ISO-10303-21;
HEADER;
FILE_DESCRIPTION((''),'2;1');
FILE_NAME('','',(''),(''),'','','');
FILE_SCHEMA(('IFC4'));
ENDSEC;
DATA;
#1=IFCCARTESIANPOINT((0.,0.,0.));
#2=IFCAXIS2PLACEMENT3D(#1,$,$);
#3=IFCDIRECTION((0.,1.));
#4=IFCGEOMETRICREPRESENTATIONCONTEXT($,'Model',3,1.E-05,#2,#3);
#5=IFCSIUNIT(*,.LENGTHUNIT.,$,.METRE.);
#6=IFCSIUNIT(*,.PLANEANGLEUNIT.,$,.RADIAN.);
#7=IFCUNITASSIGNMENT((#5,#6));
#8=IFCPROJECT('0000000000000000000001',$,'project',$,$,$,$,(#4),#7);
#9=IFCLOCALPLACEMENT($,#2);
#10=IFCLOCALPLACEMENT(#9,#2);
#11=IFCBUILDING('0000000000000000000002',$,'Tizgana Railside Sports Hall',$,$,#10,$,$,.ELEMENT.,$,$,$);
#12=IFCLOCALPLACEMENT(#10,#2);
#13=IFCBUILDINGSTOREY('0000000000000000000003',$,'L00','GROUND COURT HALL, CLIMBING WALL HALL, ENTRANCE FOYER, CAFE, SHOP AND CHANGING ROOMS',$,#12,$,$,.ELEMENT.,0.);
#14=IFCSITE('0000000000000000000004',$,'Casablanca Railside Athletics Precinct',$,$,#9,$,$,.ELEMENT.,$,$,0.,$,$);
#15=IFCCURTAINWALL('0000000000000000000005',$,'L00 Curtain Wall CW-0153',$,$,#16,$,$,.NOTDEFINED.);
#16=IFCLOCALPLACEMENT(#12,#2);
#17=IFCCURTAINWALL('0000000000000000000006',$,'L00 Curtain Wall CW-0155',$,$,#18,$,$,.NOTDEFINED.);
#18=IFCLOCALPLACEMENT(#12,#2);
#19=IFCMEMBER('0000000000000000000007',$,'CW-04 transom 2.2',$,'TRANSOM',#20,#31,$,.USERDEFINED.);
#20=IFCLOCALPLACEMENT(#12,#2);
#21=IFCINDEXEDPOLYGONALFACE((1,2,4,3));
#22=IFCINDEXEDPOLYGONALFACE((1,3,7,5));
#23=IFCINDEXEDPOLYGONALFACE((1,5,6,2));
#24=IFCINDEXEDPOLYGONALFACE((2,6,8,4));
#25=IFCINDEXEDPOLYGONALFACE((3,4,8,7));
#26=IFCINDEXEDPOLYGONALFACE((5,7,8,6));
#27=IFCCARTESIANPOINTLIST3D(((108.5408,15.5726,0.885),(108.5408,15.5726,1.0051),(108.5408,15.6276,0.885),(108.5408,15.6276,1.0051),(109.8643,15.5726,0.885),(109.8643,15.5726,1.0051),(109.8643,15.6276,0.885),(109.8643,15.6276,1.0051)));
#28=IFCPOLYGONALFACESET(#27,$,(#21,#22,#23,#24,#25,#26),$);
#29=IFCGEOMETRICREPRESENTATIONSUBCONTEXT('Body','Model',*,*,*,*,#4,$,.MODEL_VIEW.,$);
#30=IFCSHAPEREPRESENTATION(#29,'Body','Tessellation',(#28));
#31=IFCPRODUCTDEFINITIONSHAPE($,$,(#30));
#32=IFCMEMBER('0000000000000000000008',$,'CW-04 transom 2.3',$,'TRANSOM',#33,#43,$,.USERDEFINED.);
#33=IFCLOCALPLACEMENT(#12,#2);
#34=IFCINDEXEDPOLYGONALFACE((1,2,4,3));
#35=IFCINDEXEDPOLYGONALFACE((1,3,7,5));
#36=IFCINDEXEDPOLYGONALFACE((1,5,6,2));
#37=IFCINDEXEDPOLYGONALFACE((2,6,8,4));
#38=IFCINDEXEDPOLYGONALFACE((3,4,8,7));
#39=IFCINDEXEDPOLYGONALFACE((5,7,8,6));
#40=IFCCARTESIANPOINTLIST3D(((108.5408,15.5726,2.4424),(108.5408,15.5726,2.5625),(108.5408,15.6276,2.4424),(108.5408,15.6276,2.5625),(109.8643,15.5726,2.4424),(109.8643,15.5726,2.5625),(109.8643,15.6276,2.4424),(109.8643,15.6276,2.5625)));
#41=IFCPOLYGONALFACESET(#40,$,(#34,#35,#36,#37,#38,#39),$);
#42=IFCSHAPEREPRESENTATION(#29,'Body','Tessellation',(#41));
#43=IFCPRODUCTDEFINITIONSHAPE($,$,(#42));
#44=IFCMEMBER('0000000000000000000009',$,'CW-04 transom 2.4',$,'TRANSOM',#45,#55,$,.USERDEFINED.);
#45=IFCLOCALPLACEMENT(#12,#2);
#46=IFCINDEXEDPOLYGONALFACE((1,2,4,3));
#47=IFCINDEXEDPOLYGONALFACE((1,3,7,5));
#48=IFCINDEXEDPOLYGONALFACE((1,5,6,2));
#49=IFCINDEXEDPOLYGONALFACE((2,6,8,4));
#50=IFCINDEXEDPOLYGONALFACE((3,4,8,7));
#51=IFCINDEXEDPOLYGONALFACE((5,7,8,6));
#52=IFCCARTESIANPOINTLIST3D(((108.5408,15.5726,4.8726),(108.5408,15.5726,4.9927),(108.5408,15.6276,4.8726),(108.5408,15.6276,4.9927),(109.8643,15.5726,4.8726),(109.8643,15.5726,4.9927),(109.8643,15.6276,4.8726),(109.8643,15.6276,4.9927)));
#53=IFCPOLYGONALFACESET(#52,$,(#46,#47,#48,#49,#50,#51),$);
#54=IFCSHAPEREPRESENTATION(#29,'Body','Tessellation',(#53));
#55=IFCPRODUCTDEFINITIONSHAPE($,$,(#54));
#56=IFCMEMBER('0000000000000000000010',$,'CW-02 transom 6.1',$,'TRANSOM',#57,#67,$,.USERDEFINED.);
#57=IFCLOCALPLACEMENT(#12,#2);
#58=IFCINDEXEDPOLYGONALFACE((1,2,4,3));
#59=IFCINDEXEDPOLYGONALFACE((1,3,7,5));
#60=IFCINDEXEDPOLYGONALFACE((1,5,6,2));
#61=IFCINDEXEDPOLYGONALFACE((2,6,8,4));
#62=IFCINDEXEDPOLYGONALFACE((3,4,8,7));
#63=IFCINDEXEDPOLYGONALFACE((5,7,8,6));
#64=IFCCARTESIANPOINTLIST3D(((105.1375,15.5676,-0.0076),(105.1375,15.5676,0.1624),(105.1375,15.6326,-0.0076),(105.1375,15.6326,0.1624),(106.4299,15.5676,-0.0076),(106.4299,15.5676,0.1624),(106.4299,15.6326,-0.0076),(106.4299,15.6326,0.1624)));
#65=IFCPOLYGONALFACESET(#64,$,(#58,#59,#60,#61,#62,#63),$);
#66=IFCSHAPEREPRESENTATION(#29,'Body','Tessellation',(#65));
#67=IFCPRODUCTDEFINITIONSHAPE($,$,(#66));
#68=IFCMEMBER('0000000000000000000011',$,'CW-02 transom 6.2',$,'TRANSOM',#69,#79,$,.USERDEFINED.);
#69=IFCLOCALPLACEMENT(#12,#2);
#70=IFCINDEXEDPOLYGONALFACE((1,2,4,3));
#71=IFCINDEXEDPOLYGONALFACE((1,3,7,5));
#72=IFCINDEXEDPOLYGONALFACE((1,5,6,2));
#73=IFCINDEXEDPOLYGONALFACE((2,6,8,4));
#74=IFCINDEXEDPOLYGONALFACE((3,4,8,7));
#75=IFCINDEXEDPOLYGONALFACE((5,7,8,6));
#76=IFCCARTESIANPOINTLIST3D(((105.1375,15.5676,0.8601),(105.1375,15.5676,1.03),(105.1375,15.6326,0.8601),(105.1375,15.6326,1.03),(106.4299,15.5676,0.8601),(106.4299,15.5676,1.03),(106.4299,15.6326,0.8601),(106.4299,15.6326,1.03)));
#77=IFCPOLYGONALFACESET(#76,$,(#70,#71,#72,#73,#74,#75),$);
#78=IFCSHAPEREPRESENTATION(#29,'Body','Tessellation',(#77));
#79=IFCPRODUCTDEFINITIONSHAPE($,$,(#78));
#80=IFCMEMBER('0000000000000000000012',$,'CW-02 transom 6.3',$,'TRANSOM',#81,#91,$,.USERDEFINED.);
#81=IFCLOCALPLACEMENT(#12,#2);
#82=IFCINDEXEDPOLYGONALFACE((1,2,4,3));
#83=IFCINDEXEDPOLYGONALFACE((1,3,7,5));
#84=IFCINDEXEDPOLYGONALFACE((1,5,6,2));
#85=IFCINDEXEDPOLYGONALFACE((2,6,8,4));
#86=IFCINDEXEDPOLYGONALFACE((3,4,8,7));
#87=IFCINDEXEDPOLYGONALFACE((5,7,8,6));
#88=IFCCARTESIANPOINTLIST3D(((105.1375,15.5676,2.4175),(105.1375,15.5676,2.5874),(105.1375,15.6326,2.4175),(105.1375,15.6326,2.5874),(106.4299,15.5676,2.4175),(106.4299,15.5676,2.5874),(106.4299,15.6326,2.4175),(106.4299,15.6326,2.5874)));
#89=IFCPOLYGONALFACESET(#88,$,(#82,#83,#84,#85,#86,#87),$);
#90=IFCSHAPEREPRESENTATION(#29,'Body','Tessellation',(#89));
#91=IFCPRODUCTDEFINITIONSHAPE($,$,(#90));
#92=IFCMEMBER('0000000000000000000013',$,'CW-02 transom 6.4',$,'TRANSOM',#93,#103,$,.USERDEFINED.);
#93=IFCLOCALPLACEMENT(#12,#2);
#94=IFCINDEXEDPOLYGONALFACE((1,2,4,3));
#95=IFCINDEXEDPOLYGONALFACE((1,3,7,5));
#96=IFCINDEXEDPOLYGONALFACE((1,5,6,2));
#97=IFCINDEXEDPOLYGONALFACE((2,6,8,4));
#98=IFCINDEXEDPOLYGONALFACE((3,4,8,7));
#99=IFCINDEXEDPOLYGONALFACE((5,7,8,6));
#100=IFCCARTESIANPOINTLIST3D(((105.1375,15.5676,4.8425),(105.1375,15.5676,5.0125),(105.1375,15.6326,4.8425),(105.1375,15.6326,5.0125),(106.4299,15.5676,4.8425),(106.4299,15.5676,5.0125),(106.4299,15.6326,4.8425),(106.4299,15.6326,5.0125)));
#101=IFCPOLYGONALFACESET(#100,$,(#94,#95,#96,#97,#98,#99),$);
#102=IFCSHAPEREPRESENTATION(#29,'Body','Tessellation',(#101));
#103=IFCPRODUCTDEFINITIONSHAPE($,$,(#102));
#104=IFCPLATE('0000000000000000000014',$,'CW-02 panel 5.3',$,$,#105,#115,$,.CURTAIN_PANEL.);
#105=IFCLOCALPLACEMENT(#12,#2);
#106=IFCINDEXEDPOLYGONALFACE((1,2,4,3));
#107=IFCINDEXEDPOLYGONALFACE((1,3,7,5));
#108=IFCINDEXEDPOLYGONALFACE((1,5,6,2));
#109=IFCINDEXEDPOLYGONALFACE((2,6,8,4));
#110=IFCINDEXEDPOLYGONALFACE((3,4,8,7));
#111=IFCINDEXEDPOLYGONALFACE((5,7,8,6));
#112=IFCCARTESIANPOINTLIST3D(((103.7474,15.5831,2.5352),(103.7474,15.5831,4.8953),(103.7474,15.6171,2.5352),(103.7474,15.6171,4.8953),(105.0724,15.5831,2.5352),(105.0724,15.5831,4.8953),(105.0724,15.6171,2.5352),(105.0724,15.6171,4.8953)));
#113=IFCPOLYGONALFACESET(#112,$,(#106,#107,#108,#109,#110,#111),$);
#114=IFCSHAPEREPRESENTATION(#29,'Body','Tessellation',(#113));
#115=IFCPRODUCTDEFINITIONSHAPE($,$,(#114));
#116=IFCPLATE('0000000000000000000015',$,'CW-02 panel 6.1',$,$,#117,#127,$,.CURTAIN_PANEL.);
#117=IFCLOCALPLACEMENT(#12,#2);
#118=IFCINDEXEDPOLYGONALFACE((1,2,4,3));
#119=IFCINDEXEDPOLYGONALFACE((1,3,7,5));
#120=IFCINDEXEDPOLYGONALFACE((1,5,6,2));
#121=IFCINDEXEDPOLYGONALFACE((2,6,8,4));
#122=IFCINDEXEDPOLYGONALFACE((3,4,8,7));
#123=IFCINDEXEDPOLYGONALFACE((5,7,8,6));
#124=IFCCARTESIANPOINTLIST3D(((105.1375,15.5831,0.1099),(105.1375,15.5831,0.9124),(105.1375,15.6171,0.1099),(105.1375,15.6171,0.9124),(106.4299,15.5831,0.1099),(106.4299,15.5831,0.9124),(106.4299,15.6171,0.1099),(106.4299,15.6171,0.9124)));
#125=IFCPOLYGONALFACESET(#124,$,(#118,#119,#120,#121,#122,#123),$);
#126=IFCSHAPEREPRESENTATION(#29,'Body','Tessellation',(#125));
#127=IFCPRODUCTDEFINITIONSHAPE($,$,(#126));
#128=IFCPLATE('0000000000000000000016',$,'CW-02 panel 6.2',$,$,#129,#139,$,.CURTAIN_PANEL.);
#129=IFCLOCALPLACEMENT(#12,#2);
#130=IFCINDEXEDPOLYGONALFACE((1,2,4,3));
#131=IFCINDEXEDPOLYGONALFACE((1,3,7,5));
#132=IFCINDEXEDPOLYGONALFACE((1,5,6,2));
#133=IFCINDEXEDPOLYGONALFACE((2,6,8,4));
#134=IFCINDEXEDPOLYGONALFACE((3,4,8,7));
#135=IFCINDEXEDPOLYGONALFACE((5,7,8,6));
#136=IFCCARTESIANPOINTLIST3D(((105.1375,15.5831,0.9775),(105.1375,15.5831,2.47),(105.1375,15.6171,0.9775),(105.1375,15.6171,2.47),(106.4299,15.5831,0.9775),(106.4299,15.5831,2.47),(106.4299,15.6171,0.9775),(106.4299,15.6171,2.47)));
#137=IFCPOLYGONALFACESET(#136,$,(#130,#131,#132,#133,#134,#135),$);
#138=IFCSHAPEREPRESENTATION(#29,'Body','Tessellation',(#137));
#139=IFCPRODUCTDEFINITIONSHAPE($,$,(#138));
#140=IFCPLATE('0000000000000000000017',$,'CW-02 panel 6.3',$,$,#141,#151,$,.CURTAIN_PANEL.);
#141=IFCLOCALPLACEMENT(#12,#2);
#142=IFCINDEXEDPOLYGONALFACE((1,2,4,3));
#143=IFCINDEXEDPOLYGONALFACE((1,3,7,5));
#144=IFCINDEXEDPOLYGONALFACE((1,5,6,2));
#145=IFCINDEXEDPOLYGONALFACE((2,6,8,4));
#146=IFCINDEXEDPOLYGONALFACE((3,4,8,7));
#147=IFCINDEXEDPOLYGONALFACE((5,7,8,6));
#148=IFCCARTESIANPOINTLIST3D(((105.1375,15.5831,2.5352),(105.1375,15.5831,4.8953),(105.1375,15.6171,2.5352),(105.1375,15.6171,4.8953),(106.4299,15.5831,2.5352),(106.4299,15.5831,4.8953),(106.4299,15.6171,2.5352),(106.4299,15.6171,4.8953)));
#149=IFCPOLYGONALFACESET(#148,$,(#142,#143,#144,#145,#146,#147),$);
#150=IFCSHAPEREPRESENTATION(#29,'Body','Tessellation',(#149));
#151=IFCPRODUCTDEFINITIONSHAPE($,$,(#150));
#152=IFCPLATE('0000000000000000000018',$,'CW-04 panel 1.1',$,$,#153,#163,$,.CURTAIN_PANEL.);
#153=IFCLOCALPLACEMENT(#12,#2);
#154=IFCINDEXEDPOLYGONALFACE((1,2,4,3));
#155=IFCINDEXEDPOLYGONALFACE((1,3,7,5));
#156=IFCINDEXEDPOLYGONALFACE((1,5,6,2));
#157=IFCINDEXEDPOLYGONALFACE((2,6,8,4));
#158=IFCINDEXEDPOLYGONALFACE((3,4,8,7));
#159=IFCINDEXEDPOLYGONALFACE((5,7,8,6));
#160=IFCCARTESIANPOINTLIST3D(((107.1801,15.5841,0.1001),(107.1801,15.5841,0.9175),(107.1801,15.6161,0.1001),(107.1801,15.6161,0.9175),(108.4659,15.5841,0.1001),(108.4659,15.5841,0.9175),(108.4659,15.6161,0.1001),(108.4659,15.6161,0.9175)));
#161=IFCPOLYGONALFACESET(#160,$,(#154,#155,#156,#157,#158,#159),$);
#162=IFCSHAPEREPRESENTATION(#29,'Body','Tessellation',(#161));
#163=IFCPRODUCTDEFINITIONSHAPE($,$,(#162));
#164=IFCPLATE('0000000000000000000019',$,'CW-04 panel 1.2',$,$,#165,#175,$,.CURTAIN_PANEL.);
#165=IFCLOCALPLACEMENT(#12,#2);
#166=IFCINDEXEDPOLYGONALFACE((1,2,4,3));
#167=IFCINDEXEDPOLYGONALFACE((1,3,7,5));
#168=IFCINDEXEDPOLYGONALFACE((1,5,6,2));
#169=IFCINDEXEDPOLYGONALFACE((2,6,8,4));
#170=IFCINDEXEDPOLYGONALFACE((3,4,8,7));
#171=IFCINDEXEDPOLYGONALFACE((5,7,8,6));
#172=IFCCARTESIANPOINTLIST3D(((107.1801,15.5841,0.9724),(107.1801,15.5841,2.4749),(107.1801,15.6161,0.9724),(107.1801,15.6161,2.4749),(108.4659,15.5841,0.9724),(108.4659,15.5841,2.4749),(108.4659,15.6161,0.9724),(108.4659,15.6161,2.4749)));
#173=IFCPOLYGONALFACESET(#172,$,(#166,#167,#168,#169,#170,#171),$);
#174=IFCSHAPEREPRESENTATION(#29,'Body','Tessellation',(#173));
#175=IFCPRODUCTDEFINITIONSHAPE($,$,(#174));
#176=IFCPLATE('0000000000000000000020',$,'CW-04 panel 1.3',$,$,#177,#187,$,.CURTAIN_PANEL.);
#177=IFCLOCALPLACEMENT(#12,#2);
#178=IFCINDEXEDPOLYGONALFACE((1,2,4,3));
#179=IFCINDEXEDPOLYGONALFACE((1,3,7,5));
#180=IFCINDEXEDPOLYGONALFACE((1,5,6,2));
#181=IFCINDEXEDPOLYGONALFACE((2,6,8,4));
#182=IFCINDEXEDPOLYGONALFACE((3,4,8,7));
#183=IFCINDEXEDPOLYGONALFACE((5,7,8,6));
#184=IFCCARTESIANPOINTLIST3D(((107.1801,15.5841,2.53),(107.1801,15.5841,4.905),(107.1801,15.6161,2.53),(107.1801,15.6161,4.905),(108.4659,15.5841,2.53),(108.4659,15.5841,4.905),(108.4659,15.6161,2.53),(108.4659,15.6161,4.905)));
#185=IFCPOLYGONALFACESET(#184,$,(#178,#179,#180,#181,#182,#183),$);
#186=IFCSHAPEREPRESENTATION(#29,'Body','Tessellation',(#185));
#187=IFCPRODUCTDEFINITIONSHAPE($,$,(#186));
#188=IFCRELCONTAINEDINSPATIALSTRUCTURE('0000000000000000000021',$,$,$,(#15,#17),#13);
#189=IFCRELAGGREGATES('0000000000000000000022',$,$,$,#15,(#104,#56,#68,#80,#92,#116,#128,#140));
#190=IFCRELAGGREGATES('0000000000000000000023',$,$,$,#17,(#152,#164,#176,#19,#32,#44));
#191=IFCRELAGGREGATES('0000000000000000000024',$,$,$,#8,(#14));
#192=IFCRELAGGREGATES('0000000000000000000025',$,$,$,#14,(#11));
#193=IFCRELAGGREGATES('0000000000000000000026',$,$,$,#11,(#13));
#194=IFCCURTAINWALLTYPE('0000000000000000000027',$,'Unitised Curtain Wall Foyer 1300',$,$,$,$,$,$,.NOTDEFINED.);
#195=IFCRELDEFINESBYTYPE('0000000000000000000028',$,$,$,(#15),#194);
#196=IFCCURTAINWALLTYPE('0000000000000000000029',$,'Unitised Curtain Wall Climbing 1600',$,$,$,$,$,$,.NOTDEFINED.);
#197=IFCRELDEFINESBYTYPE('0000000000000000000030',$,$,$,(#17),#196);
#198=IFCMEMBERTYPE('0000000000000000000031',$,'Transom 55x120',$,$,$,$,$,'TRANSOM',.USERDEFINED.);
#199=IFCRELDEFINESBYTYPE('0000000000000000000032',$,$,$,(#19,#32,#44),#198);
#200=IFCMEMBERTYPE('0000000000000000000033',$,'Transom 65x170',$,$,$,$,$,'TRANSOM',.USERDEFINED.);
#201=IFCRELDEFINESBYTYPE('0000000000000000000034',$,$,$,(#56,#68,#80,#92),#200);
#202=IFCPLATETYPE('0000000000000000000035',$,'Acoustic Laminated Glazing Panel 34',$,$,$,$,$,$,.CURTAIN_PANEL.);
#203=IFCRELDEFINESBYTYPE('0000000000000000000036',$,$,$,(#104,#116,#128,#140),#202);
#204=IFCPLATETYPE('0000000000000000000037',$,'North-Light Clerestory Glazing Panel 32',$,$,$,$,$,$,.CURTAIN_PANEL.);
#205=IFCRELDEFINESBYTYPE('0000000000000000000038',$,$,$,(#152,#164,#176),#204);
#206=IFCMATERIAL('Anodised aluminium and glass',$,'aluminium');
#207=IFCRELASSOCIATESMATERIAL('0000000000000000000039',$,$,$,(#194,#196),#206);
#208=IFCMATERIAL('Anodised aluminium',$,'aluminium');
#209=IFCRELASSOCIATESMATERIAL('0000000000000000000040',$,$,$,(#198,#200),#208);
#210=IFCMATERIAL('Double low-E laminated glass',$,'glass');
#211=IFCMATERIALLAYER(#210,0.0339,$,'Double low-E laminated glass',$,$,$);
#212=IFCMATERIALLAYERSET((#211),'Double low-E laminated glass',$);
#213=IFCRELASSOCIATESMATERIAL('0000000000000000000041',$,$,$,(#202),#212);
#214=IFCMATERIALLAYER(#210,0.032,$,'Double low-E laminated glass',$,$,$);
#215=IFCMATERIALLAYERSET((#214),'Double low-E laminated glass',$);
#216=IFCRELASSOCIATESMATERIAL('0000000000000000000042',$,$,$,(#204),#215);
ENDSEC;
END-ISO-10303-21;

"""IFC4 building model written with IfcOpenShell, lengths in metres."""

from ifc_helpers import new_model, si_unit, direction, frame, origin, origin_2d, place, context, subcontext, project, spatial, rectangle, extrude, material, layer, layer_set, material_profile, profile_set, type_object, element, aggregate, save


model = new_model("IFC4")

# Units and contexts
model_context = context("Model", 3, precision=1e-05, world=origin(), true_north=direction((0.0, 1.0)))
body_context = subcontext(model_context, "Body", "Model", "MODEL_VIEW")
ifc_project = project(units=[si_unit("LENGTHUNIT", "METRE"), si_unit("PLANEANGLEUNIT", "RADIAN")], contexts=[model_context])

# Site, building, storey
site_placement = place(None, origin())
site = spatial("IfcSite", under=ifc_project, at=site_placement, Name="Casablanca Railside Athletics Precinct", CompositionType="ELEMENT", RefElevation=0.0)
building_placement = place(site_placement, origin())
building = spatial("IfcBuilding", under=site, at=building_placement, Name="Tizgana Railside Sports Hall", CompositionType="ELEMENT")
storey_placement = place(building_placement, origin())
storey = spatial("IfcBuildingStorey", under=building, at=storey_placement, Name="L00", Description="GROUND COURT HALL, CLIMBING WALL HALL, ENTRANCE FOYER, CAFE, SHOP AND CHANGING ROOMS", CompositionType="ELEMENT", Elevation=0.0)

# Curtain walls
ifc_material_1 = material(Name="Anodised aluminium and glass", Category="aluminium")
curtain_wall_type_1 = type_object("IfcCurtainWallType", Name="Unitised Curtain Wall Foyer 1300", PredefinedType="NOTDEFINED", material=ifc_material_1)
curtain_wall_1_placement = place(storey_placement, origin())
curtain_wall_1 = element("IfcCurtainWall", 1, at=curtain_wall_1_placement, inside=storey, type_object=curtain_wall_type_1, Name="L00 Curtain Wall CW-0153", PredefinedType="NOTDEFINED")
ifc_material_2 = material(Name="Anodised aluminium", Category="aluminium")
curtain_wall_type_2 = type_object("IfcCurtainWallType", Name="Unitised Curtain Wall Climbing 1600", PredefinedType="NOTDEFINED", material=ifc_material_1)
curtain_wall_2_placement = place(storey_placement, origin())
curtain_wall_2 = element("IfcCurtainWall", 2, at=curtain_wall_2_placement, inside=storey, type_object=curtain_wall_type_2, Name="L00 Curtain Wall CW-0155", PredefinedType="NOTDEFINED")

# Members
ifc_material_profile_1 = material_profile(ifc_material_2, rectangle(XDim=0.0549, YDim=0.1201, at=origin_2d()), Name="Transom 55x120")
ifc_profile_set_1 = profile_set([ifc_material_profile_1], Name="Anodised aluminium")
member_type_1 = type_object("IfcMemberType", Name="Transom 55x120", ElementType="TRANSOM", PredefinedType="USERDEFINED", material=ifc_profile_set_1)
member_1_placement = place(storey_placement, frame((108.5408, 15.6001, 0.9451), z_axis=(1.0, 0.0, 0.0), x_axis=(0.0, 1.0, 0.0)))
member_1 = element("IfcMember", 3, at=member_1_placement, type_object=member_type_1, Name="CW-04 transom 2.2", ObjectType="TRANSOM", PredefinedType="USERDEFINED", context=body_context, shape_type="SweptSolid", body=[
    extrude(rectangle(XDim=0.0549, YDim=0.1201, at=origin_2d()), origin(), (0.0, 0.0, 1.0), 1.3235),
])
member_2_placement = place(storey_placement, frame((108.5408, 15.6001, 2.5024), z_axis=(1.0, 0.0, 0.0), x_axis=(0.0, 1.0, 0.0)))
member_2 = element("IfcMember", 4, at=member_2_placement, type_object=member_type_1, Name="CW-04 transom 2.3", ObjectType="TRANSOM", PredefinedType="USERDEFINED", context=body_context, shape_type="SweptSolid", body=[
    extrude(rectangle(XDim=0.0549, YDim=0.1201, at=origin_2d()), origin(), (0.0, 0.0, 1.0), 1.3235),
])
member_3_placement = place(storey_placement, frame((108.5408, 15.6001, 4.9326), z_axis=(1.0, 0.0, 0.0), x_axis=(0.0, 1.0, 0.0)))
member_3 = element("IfcMember", 5, at=member_3_placement, type_object=member_type_1, Name="CW-04 transom 2.4", ObjectType="TRANSOM", PredefinedType="USERDEFINED", context=body_context, shape_type="SweptSolid", body=[
    extrude(rectangle(XDim=0.0549, YDim=0.1201, at=origin_2d()), origin(), (0.0, 0.0, 1.0), 1.3235),
])
ifc_material_profile_2 = material_profile(ifc_material_2, rectangle(XDim=0.0649, YDim=0.1699, at=origin_2d()), Name="Transom 65x170")
ifc_profile_set_2 = profile_set([ifc_material_profile_2], Name="Anodised aluminium")
member_type_2 = type_object("IfcMemberType", Name="Transom 65x170", ElementType="TRANSOM", PredefinedType="USERDEFINED", material=ifc_profile_set_2)
member_4_placement = place(storey_placement, frame((105.1375, 15.6001, 0.0774), z_axis=(1.0, 0.0, 0.0), x_axis=(0.0, 1.0, 0.0)))
member_4 = element("IfcMember", 6, at=member_4_placement, type_object=member_type_2, Name="CW-02 transom 6.1", ObjectType="TRANSOM", PredefinedType="USERDEFINED", context=body_context, shape_type="SweptSolid", body=[
    extrude(rectangle(XDim=0.0649, YDim=0.1699, at=origin_2d()), origin(), (0.0, 0.0, 1.0), 1.2925),
])
member_5_placement = place(storey_placement, frame((105.1375, 15.6001, 0.9451), z_axis=(1.0, 0.0, 0.0), x_axis=(0.0, 1.0, 0.0)))
member_5 = element("IfcMember", 7, at=member_5_placement, type_object=member_type_2, Name="CW-02 transom 6.2", ObjectType="TRANSOM", PredefinedType="USERDEFINED", context=body_context, shape_type="SweptSolid", body=[
    extrude(rectangle(XDim=0.0649, YDim=0.1699, at=origin_2d()), origin(), (0.0, 0.0, 1.0), 1.2925),
])
member_6_placement = place(storey_placement, frame((105.1375, 15.6001, 2.5024), z_axis=(1.0, 0.0, 0.0), x_axis=(0.0, 1.0, 0.0)))
member_6 = element("IfcMember", 8, at=member_6_placement, type_object=member_type_2, Name="CW-02 transom 6.3", ObjectType="TRANSOM", PredefinedType="USERDEFINED", context=body_context, shape_type="SweptSolid", body=[
    extrude(rectangle(XDim=0.0649, YDim=0.1699, at=origin_2d()), origin(), (0.0, 0.0, 1.0), 1.2925),
])
member_7_placement = place(storey_placement, frame((105.1375, 15.6001, 4.9275), z_axis=(1.0, 0.0, 0.0), x_axis=(0.0, 1.0, 0.0)))
member_7 = element("IfcMember", 9, at=member_7_placement, type_object=member_type_2, Name="CW-02 transom 6.4", ObjectType="TRANSOM", PredefinedType="USERDEFINED", context=body_context, shape_type="SweptSolid", body=[
    extrude(rectangle(XDim=0.0649, YDim=0.1699, at=origin_2d()), origin(), (0.0, 0.0, 1.0), 1.2925),
])

# Plates
ifc_material_3 = material(Name="Double low-E laminated glass", Category="glass")
ifc_layer_1 = layer(ifc_material_3, 0.0339, Name="Double low-E laminated glass")
ifc_layer_set_1 = layer_set([ifc_layer_1], Name="Double low-E laminated glass")
plate_type_1 = type_object("IfcPlateType", Name="Acoustic Laminated Glazing Panel 34", PredefinedType="CURTAIN_PANEL", material=ifc_layer_set_1)
plate_1_placement = place(storey_placement, frame((104.4099, 15.6001, 2.5352), z_axis=(0.0, 0.0, 1.0), x_axis=(1.0, 0.0, 0.0)))
plate_1 = element("IfcPlate", 10, at=plate_1_placement, type_object=plate_type_1, Name="CW-02 panel 5.3", PredefinedType="CURTAIN_PANEL", context=body_context, shape_type="SweptSolid", body=[
    extrude(rectangle(XDim=1.325, YDim=0.0339, at=origin_2d()), origin(), (0.0, 0.0, 1.0), 2.3601),
])
plate_2_placement = place(storey_placement, frame((105.7837, 15.6001, 0.1099), z_axis=(0.0, 0.0, 1.0), x_axis=(1.0, 0.0, 0.0)))
plate_2 = element("IfcPlate", 11, at=plate_2_placement, type_object=plate_type_1, Name="CW-02 panel 6.1", PredefinedType="CURTAIN_PANEL", context=body_context, shape_type="SweptSolid", body=[
    extrude(rectangle(XDim=1.2925, YDim=0.0339, at=origin_2d()), origin(), (0.0, 0.0, 1.0), 0.8025),
])
plate_3_placement = place(storey_placement, frame((105.7837, 15.6001, 0.9775), z_axis=(0.0, 0.0, 1.0), x_axis=(1.0, 0.0, 0.0)))
plate_3 = element("IfcPlate", 12, at=plate_3_placement, type_object=plate_type_1, Name="CW-02 panel 6.2", PredefinedType="CURTAIN_PANEL", context=body_context, shape_type="SweptSolid", body=[
    extrude(rectangle(XDim=1.2925, YDim=0.0339, at=origin_2d()), origin(), (0.0, 0.0, 1.0), 1.4924),
])
plate_4_placement = place(storey_placement, frame((105.7837, 15.6001, 2.5352), z_axis=(0.0, 0.0, 1.0), x_axis=(1.0, 0.0, 0.0)))
plate_4 = element("IfcPlate", 13, at=plate_4_placement, type_object=plate_type_1, Name="CW-02 panel 6.3", PredefinedType="CURTAIN_PANEL", context=body_context, shape_type="SweptSolid", body=[
    extrude(rectangle(XDim=1.2925, YDim=0.0339, at=origin_2d()), origin(), (0.0, 0.0, 1.0), 2.3601),
])
aggregate(curtain_wall_1, [plate_1, member_4, member_5, member_6, member_7, plate_2, plate_3, plate_4])
ifc_layer_2 = layer(ifc_material_3, 0.032, Name="Double low-E laminated glass")
ifc_layer_set_2 = layer_set([ifc_layer_2], Name="Double low-E laminated glass")
plate_type_2 = type_object("IfcPlateType", Name="North-Light Clerestory Glazing Panel 32", PredefinedType="CURTAIN_PANEL", material=ifc_layer_set_2)
plate_5_placement = place(storey_placement, frame((107.823, 15.6001, 0.1001), z_axis=(0.0, 0.0, 1.0), x_axis=(1.0, 0.0, 0.0)))
plate_5 = element("IfcPlate", 14, at=plate_5_placement, type_object=plate_type_2, Name="CW-04 panel 1.1", PredefinedType="CURTAIN_PANEL", context=body_context, shape_type="SweptSolid", body=[
    extrude(rectangle(XDim=1.2859, YDim=0.032, at=origin_2d()), origin(), (0.0, 0.0, 1.0), 0.8174),
])
plate_6_placement = place(storey_placement, frame((107.823, 15.6001, 0.9724), z_axis=(0.0, 0.0, 1.0), x_axis=(1.0, 0.0, 0.0)))
plate_6 = element("IfcPlate", 15, at=plate_6_placement, type_object=plate_type_2, Name="CW-04 panel 1.2", PredefinedType="CURTAIN_PANEL", context=body_context, shape_type="SweptSolid", body=[
    extrude(rectangle(XDim=1.2859, YDim=0.032, at=origin_2d()), origin(), (0.0, 0.0, 1.0), 1.5024),
])
plate_7_placement = place(storey_placement, frame((107.823, 15.6001, 2.53), z_axis=(0.0, 0.0, 1.0), x_axis=(1.0, 0.0, 0.0)))
plate_7 = element("IfcPlate", 16, at=plate_7_placement, type_object=plate_type_2, Name="CW-04 panel 1.3", PredefinedType="CURTAIN_PANEL", context=body_context, shape_type="SweptSolid", body=[
    extrude(rectangle(XDim=1.2859, YDim=0.032, at=origin_2d()), origin(), (0.0, 0.0, 1.0), 2.375),
])
aggregate(curtain_wall_2, [plate_5, plate_6, plate_7, member_1, member_2, member_3])

save(model, "model.ifc")
